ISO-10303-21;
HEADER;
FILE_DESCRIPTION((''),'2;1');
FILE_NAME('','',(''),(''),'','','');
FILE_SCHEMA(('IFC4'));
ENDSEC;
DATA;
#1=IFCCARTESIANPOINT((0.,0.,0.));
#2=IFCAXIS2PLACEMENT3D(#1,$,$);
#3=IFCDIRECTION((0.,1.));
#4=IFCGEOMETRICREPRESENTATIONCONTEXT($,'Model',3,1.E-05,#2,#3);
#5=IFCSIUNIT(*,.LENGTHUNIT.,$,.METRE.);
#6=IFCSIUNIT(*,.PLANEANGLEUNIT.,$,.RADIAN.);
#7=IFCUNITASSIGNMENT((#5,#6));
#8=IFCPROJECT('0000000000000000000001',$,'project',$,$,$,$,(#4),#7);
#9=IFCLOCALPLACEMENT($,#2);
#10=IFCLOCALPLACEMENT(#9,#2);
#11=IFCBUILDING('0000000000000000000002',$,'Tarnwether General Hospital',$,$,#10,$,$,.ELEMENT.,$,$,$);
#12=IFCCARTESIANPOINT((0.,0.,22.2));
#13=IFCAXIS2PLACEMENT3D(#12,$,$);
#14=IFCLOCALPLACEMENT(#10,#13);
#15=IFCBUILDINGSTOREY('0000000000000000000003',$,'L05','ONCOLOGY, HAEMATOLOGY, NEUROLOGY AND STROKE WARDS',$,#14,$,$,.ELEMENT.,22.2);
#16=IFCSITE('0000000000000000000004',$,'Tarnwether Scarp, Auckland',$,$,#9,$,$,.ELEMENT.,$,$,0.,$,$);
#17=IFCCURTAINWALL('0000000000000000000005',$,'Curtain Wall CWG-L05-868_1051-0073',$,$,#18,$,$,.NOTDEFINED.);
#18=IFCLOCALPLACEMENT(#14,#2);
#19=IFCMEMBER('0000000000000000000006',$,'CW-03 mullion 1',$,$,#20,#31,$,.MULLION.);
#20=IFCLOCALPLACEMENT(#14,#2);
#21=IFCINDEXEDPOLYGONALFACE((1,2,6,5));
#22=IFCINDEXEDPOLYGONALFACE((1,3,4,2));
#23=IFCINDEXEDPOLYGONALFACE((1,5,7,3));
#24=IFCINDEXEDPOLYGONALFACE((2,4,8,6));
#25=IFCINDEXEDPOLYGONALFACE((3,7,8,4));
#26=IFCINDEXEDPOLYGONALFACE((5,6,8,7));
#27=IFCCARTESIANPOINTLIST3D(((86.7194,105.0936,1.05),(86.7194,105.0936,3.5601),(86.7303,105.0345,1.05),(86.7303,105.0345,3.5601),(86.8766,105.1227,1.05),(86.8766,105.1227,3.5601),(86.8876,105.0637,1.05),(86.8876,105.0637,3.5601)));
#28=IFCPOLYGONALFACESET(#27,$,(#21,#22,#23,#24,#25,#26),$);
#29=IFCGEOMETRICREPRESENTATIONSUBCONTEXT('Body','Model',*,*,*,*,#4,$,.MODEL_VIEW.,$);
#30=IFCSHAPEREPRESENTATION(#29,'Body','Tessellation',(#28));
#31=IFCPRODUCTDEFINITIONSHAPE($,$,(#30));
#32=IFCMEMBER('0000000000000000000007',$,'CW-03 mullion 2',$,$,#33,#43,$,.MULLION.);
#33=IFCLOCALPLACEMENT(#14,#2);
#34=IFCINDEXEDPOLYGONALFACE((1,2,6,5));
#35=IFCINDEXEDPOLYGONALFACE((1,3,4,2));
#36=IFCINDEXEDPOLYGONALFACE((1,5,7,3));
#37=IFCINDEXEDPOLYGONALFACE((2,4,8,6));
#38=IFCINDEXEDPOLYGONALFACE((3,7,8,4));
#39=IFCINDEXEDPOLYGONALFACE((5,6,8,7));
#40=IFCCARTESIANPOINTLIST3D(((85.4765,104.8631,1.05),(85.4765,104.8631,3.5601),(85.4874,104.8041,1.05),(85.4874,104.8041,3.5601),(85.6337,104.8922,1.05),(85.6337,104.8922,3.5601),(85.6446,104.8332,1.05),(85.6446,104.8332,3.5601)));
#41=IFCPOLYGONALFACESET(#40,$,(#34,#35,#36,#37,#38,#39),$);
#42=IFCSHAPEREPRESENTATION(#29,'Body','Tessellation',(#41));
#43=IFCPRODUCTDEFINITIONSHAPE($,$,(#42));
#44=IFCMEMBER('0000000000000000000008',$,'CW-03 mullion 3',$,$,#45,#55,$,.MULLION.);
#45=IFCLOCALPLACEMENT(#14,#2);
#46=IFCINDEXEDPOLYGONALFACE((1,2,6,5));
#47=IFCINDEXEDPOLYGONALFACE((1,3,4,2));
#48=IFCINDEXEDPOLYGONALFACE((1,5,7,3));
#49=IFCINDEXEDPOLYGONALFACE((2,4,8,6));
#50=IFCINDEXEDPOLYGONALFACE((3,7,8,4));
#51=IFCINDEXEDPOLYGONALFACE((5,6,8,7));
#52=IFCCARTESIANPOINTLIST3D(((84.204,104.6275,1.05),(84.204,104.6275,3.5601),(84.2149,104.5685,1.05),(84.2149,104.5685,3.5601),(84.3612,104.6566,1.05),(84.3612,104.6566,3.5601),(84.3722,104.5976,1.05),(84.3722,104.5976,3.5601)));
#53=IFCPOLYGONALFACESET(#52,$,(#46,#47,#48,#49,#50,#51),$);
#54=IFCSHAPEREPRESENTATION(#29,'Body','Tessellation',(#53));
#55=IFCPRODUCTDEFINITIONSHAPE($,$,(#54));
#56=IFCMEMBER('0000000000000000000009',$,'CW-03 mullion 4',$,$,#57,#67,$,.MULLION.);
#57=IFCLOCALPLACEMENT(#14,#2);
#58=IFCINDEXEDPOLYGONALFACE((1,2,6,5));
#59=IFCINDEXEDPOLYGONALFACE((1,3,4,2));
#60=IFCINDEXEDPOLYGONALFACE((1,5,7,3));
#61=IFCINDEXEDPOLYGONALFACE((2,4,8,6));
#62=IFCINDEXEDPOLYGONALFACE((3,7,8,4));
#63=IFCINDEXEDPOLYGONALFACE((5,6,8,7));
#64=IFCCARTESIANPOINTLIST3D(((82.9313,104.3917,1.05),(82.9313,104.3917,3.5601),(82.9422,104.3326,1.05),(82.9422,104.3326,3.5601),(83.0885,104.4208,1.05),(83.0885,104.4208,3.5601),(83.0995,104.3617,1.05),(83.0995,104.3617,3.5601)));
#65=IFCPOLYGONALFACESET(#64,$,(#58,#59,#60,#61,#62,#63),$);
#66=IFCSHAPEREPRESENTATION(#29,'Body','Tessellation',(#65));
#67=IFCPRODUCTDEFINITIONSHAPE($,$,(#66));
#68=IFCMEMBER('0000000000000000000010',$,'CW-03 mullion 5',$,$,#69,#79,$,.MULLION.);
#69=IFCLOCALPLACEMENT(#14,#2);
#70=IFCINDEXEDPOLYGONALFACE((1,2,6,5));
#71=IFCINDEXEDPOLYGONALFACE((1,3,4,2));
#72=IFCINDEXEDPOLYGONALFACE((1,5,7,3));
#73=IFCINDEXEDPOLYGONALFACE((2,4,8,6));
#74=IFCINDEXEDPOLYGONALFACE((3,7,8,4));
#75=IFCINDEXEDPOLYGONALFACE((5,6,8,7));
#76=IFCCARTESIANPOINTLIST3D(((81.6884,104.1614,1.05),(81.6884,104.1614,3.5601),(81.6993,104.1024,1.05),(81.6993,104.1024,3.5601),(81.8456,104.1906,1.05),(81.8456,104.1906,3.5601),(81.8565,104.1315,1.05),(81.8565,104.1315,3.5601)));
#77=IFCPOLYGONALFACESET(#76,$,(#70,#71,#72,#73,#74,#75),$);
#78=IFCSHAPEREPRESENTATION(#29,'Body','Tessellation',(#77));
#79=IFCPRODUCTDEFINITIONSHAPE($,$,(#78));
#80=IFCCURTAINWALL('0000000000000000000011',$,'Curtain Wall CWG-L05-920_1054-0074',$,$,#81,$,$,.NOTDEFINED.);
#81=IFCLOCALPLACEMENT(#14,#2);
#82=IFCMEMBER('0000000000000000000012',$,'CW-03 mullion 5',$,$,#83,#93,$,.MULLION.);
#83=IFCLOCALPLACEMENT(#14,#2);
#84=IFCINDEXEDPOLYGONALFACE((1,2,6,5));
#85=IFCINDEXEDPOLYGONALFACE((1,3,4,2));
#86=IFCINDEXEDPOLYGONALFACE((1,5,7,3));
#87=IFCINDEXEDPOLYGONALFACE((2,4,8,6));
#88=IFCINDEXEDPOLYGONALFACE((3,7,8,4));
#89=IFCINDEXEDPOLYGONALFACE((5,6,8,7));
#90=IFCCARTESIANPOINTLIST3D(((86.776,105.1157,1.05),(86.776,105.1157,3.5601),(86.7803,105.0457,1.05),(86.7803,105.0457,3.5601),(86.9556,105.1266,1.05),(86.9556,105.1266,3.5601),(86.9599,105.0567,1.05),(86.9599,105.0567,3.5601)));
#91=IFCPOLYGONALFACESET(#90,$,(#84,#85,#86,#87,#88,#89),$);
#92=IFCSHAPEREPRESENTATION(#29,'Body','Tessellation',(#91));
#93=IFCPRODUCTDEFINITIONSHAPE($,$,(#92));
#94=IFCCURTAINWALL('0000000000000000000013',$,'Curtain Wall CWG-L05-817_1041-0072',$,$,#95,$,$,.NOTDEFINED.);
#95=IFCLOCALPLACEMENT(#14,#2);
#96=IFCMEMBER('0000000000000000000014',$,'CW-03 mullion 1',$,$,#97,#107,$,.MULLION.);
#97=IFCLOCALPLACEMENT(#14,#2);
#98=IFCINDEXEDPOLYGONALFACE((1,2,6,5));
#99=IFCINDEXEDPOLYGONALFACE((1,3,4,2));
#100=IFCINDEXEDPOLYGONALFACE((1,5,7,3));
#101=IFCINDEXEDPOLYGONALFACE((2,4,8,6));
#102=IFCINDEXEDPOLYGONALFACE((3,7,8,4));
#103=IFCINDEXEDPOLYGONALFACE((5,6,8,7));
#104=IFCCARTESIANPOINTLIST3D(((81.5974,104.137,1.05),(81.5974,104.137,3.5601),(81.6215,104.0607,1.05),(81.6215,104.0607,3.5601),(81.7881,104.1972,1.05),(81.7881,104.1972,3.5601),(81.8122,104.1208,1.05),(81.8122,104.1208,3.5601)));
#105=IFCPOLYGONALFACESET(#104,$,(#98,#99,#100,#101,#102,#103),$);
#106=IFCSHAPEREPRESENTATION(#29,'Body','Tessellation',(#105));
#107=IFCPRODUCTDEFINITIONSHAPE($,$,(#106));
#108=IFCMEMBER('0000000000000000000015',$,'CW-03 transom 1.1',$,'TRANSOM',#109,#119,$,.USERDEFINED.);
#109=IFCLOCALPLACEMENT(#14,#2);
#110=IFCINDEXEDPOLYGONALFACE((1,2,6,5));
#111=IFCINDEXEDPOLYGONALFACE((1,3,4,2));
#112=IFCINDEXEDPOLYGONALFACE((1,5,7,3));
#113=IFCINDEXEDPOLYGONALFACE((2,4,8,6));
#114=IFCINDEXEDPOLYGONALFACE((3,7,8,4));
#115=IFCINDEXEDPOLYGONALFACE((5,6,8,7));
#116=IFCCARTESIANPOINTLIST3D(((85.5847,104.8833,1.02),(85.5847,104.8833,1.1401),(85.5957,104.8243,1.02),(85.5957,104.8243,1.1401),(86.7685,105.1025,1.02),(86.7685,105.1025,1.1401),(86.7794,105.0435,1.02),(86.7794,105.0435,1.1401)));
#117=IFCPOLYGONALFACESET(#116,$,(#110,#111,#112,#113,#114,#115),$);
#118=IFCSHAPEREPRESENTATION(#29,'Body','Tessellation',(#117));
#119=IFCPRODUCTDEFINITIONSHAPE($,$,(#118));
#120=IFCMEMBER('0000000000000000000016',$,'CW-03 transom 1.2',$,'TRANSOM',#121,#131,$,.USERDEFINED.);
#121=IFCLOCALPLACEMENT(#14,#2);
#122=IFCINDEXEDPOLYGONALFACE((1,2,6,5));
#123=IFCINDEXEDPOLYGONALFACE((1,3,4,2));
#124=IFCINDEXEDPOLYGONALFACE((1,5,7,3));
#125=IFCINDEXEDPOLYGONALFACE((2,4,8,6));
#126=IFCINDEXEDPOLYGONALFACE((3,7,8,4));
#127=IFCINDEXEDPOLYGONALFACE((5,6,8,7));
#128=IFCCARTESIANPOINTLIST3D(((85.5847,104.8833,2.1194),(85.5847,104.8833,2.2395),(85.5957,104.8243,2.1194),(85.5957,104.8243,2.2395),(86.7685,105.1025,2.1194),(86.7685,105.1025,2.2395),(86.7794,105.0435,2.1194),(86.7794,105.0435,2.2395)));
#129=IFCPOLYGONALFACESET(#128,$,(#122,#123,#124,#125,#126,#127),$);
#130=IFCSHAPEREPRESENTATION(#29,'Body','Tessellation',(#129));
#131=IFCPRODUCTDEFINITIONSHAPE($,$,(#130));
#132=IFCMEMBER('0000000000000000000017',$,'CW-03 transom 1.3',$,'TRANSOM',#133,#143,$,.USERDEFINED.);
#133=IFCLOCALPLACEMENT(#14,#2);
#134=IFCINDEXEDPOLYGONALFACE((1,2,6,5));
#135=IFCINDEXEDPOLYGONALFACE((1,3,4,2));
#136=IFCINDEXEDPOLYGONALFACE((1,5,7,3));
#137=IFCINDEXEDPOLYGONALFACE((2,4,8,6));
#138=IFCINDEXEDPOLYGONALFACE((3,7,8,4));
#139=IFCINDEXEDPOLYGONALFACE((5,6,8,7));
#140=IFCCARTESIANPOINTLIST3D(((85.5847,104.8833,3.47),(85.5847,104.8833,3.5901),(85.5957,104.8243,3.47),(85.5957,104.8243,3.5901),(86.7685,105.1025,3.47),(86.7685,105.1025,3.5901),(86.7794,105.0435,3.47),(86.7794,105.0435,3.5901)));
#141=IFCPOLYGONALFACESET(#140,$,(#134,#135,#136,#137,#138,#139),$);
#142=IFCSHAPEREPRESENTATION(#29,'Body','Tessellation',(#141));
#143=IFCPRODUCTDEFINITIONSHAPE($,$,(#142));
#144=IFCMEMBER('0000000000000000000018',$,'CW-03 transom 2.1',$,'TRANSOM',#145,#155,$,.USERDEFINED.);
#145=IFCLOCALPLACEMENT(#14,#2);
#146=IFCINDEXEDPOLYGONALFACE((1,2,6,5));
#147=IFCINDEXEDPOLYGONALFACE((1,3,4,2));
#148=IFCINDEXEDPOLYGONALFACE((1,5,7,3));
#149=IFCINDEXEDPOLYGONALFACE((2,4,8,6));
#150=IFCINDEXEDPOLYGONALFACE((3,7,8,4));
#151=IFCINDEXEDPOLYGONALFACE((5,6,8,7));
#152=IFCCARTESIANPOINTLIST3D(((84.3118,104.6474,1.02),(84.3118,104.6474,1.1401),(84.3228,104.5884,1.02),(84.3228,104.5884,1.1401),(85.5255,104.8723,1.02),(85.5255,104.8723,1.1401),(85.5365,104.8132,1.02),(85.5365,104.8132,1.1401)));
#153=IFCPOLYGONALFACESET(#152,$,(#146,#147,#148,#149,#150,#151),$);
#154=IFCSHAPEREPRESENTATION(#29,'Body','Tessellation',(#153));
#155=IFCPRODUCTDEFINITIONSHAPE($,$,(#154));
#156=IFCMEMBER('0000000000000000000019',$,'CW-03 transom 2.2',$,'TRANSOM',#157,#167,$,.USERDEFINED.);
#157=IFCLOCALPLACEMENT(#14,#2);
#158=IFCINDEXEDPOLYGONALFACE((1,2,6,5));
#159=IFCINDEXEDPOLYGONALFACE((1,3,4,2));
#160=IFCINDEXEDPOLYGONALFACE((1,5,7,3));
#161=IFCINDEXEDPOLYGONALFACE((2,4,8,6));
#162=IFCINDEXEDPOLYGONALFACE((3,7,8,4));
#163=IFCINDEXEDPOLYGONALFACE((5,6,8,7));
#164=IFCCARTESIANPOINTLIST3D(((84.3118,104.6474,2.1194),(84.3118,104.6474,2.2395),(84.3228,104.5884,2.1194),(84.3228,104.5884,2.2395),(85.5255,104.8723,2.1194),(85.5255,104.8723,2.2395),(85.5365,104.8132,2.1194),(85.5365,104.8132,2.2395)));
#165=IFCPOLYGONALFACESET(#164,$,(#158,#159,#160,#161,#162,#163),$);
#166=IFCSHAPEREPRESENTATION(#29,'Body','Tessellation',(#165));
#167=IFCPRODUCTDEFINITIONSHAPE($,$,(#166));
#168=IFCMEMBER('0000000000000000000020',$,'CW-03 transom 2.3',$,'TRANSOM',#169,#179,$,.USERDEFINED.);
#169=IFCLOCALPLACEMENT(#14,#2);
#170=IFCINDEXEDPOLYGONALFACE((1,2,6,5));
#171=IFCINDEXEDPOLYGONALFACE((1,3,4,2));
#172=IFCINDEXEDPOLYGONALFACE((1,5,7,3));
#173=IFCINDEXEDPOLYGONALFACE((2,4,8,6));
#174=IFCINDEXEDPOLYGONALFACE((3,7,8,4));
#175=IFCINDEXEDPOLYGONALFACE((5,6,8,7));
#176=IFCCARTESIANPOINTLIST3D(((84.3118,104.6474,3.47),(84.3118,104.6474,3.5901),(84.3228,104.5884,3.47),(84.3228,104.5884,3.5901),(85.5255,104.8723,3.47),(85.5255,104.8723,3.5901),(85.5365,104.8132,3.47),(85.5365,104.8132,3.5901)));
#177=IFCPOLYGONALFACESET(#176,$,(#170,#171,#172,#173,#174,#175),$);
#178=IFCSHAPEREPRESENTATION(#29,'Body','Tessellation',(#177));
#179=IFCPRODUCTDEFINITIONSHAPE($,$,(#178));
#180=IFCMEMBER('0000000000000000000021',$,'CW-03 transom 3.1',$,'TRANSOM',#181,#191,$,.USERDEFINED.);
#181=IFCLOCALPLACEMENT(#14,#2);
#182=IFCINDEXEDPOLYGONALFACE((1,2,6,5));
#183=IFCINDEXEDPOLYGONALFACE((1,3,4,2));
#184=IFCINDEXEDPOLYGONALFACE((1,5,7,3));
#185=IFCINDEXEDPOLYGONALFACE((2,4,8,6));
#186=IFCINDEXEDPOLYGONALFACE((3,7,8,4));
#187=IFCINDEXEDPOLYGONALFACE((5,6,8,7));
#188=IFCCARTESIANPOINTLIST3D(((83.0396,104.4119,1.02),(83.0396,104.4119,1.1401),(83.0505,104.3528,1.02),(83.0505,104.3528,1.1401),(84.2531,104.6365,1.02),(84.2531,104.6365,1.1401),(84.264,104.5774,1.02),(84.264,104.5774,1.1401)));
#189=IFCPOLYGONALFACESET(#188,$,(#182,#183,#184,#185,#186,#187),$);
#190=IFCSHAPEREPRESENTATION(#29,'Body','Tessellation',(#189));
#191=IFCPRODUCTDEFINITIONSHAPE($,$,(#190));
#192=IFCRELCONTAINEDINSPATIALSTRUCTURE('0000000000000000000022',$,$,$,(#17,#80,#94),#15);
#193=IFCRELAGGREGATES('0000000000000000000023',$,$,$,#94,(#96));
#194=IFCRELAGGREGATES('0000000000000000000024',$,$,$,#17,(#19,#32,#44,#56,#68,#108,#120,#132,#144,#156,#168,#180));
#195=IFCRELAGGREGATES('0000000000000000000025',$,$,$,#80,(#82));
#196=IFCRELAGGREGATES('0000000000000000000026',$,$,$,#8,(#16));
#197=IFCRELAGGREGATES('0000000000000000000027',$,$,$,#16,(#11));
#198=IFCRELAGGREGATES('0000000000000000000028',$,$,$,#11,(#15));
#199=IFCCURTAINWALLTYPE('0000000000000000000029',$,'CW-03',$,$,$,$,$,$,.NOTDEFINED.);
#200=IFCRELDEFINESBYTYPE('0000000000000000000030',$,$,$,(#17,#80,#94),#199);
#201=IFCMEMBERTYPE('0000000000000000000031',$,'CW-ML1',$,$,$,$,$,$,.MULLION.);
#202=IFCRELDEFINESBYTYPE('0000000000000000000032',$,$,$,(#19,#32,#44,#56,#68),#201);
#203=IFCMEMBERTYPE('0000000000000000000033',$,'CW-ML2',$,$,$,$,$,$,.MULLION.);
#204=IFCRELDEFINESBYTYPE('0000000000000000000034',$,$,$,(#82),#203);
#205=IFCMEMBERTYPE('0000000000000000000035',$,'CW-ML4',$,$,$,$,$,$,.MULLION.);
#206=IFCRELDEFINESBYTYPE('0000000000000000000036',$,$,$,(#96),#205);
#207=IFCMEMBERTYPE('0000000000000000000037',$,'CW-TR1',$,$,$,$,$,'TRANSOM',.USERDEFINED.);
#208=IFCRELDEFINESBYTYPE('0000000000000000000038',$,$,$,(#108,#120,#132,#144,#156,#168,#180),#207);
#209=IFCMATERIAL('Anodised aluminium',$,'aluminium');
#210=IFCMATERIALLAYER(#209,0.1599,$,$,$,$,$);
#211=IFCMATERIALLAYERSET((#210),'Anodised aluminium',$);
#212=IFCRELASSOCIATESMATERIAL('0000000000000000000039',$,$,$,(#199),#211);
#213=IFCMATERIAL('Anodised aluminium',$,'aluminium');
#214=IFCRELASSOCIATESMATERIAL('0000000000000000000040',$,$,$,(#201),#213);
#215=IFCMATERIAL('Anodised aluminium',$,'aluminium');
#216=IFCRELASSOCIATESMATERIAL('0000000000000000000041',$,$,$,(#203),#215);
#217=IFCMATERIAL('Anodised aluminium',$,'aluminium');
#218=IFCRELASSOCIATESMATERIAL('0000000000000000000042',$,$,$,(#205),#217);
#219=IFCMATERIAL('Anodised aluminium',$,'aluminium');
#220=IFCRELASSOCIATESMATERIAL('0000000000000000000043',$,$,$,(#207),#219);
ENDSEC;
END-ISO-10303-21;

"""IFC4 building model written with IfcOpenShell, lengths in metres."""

from ifc_helpers import new_model, si_unit, direction, frame, origin, origin_2d, place, context, subcontext, project, spatial, rectangle, extrude, material, layer, layer_set, material_profile, profile_set, type_object, element, aggregate, save


model = new_model("IFC4")

# Units and contexts
model_context = context("Model", 3, precision=1e-05, world=origin(), true_north=direction((0.0, 1.0)))
body_context = subcontext(model_context, "Body", "Model", "MODEL_VIEW")
ifc_project = project(units=[si_unit("LENGTHUNIT", "METRE"), si_unit("PLANEANGLEUNIT", "RADIAN")], contexts=[model_context])

# Site, building, storey
site_placement = place(None, origin())
site = spatial("IfcSite", under=ifc_project, at=site_placement, Name="Tarnwether Scarp, Auckland", CompositionType="ELEMENT", RefElevation=0.0)
building_placement = place(site_placement, origin())
building = spatial("IfcBuilding", under=site, at=building_placement, Name="Tarnwether General Hospital", CompositionType="ELEMENT")
storey_placement = place(building_placement, frame((0.0, 0.0, 22.2)))
storey = spatial("IfcBuildingStorey", under=building, at=storey_placement, Name="L05", Description="ONCOLOGY, HAEMATOLOGY, NEUROLOGY AND STROKE WARDS", CompositionType="ELEMENT", Elevation=22.2)

# Curtain wall, members
ifc_material_1 = material(Name="Anodised aluminium", Category="aluminium")
ifc_layer_1 = layer(ifc_material_1, 0.1599)
ifc_layer_set_1 = layer_set([ifc_layer_1], Name="Anodised aluminium")
curtain_wall_type = type_object("IfcCurtainWallType", Name="CW-03", PredefinedType="NOTDEFINED", material=ifc_layer_set_1)
curtain_wall_1_placement = place(storey_placement, origin())
curtain_wall_1 = element("IfcCurtainWall", 1, at=curtain_wall_1_placement, inside=storey, type_object=curtain_wall_type, Name="Curtain Wall CWG-L05-868_1051-0073", PredefinedType="NOTDEFINED")
ifc_material_2 = material(Name="Anodised aluminium", Category="aluminium")
ifc_material_profile_1 = material_profile(ifc_material_2, rectangle(XDim=0.0601, YDim=0.1599, at=origin_2d()), Name="ALU-MUL-60x160")
ifc_profile_set_1 = profile_set([ifc_material_profile_1], Name="Anodised aluminium")
member_type_1 = type_object("IfcMemberType", Name="CW-ML1", PredefinedType="MULLION", material=ifc_profile_set_1)
member_1_placement = place(storey_placement, frame((86.8035, 105.0786, 1.05), z_axis=(0.0, 0.0, 1.0), x_axis=(0.182165, -0.983268, 0.0)))
member_1 = element("IfcMember", 2, at=member_1_placement, type_object=member_type_1, Name="CW-03 mullion 1", PredefinedType="MULLION", context=body_context, shape_type="SweptSolid", body=[
    extrude(rectangle(XDim=0.0601, YDim=0.1599, at=origin_2d()), origin(), (0.0, 0.0, 1.0), 2.51),
])
member_2_placement = place(storey_placement, frame((85.5605, 104.8481, 1.05), z_axis=(0.0, 0.0, 1.0), x_axis=(0.182165, -0.983268, 0.0)))
member_2 = element("IfcMember", 3, at=member_2_placement, type_object=member_type_1, Name="CW-03 mullion 2", PredefinedType="MULLION", context=body_context, shape_type="SweptSolid", body=[
    extrude(rectangle(XDim=0.0601, YDim=0.1599, at=origin_2d()), origin(), (0.0, 0.0, 1.0), 2.51),
])
member_3_placement = place(storey_placement, frame((84.2881, 104.6125, 1.05), z_axis=(0.0, 0.0, 1.0), x_axis=(0.182165, -0.983268, 0.0)))
member_3 = element("IfcMember", 4, at=member_3_placement, type_object=member_type_1, Name="CW-03 mullion 3", PredefinedType="MULLION", context=body_context, shape_type="SweptSolid", body=[
    extrude(rectangle(XDim=0.0601, YDim=0.1599, at=origin_2d()), origin(), (0.0, 0.0, 1.0), 2.51),
])
member_4_placement = place(storey_placement, frame((83.0154, 104.3767, 1.05), z_axis=(0.0, 0.0, 1.0), x_axis=(0.182165, -0.983268, 0.0)))
member_4 = element("IfcMember", 5, at=member_4_placement, type_object=member_type_1, Name="CW-03 mullion 4", PredefinedType="MULLION", context=body_context, shape_type="SweptSolid", body=[
    extrude(rectangle(XDim=0.0601, YDim=0.1599, at=origin_2d()), origin(), (0.0, 0.0, 1.0), 2.51),
])
member_5_placement = place(storey_placement, frame((81.7725, 104.1465, 1.05), z_axis=(0.0, 0.0, 1.0), x_axis=(0.182165, -0.983268, 0.0)))
member_5 = element("IfcMember", 6, at=member_5_placement, type_object=member_type_1, Name="CW-03 mullion 5", PredefinedType="MULLION", context=body_context, shape_type="SweptSolid", body=[
    extrude(rectangle(XDim=0.0601, YDim=0.1599, at=origin_2d()), origin(), (0.0, 0.0, 1.0), 2.51),
])

# Curtain walls, members
curtain_wall_2_placement = place(storey_placement, origin())
curtain_wall_2 = element("IfcCurtainWall", 7, at=curtain_wall_2_placement, inside=storey, type_object=curtain_wall_type, Name="Curtain Wall CWG-L05-920_1054-0074", PredefinedType="NOTDEFINED")
ifc_material_3 = material(Name="Anodised aluminium", Category="aluminium")
ifc_material_profile_2 = material_profile(ifc_material_3, rectangle(XDim=0.0701, YDim=0.1799, at=origin_2d()), Name="ALU-MUL-70x180")
ifc_profile_set_2 = profile_set([ifc_material_profile_2], Name="Anodised aluminium")
member_type_2 = type_object("IfcMemberType", Name="CW-ML2", PredefinedType="MULLION", material=ifc_profile_set_2)
member_6_placement = place(storey_placement, frame((86.8679, 105.0862, 1.05), z_axis=(0.0, 0.0, 1.0), x_axis=(0.061043, -0.998135, 0.0)))
member_6 = element("IfcMember", 8, at=member_6_placement, type_object=member_type_2, Name="CW-03 mullion 5", PredefinedType="MULLION", context=body_context, shape_type="SweptSolid", body=[
    extrude(rectangle(XDim=0.0701, YDim=0.1799, at=origin_2d()), origin(), (0.0, 0.0, 1.0), 2.51),
])
curtain_wall_3_placement = place(storey_placement, origin())
curtain_wall_3 = element("IfcCurtainWall", 9, at=curtain_wall_3_placement, inside=storey, type_object=curtain_wall_type, Name="Curtain Wall CWG-L05-817_1041-0072", PredefinedType="NOTDEFINED")
ifc_material_4 = material(Name="Anodised aluminium", Category="aluminium")
ifc_material_profile_3 = material_profile(ifc_material_4, rectangle(XDim=0.0801, YDim=0.2, at=origin_2d()), Name="ALU-MUL-80x200")
ifc_profile_set_3 = profile_set([ifc_material_profile_3], Name="Anodised aluminium")
member_type_3 = type_object("IfcMemberType", Name="CW-ML4", PredefinedType="MULLION", material=ifc_profile_set_3)
member_7_placement = place(storey_placement, frame((81.7048, 104.1289, 1.05), z_axis=(0.0, 0.0, 1.0), x_axis=(0.300715, -0.953714, 0.0)))
member_7 = element("IfcMember", 10, at=member_7_placement, type_object=member_type_3, Name="CW-03 mullion 1", PredefinedType="MULLION", context=body_context, shape_type="SweptSolid", body=[
    extrude(rectangle(XDim=0.0801, YDim=0.2, at=origin_2d()), origin(), (0.0, 0.0, 1.0), 2.51),
])
aggregate(curtain_wall_3, [member_7])

# Members
ifc_material_5 = material(Name="Anodised aluminium", Category="aluminium")
ifc_material_profile_4 = material_profile(ifc_material_5, rectangle(XDim=0.0601, YDim=0.1201, at=origin_2d()), Name="ALU-TRN-60x120")
ifc_profile_set_4 = profile_set([ifc_material_profile_4], Name="Anodised aluminium")
member_type_4 = type_object("IfcMemberType", Name="CW-TR1", ElementType="TRANSOM", PredefinedType="USERDEFINED", material=ifc_profile_set_4)
member_8_placement = place(storey_placement, frame((86.7739, 105.073, 1.0801), z_axis=(-0.983281, -0.182097, 0.0), x_axis=(0.182097, -0.983281, 0.0)))
member_8 = element("IfcMember", 11, at=member_8_placement, type_object=member_type_4, Name="CW-03 transom 1.1", ObjectType="TRANSOM", PredefinedType="USERDEFINED", context=body_context, shape_type="SweptSolid", body=[
    extrude(rectangle(XDim=0.0601, YDim=0.1201, at=origin_2d()), origin(), (0.0, 0.0, 1.0), 1.2039),
])
member_9_placement = place(storey_placement, frame((86.7739, 105.073, 2.1794), z_axis=(-0.983281, -0.182097, 0.0), x_axis=(0.182097, -0.983281, 0.0)))
member_9 = element("IfcMember", 12, at=member_9_placement, type_object=member_type_4, Name="CW-03 transom 1.2", ObjectType="TRANSOM", PredefinedType="USERDEFINED", context=body_context, shape_type="SweptSolid", body=[
    extrude(rectangle(XDim=0.0601, YDim=0.1201, at=origin_2d()), origin(), (0.0, 0.0, 1.0), 1.2039),
])
member_10_placement = place(storey_placement, frame((86.7739, 105.073, 3.53), z_axis=(-0.983281, -0.182097, 0.0), x_axis=(0.182097, -0.983281, 0.0)))
member_10 = element("IfcMember", 13, at=member_10_placement, type_object=member_type_4, Name="CW-03 transom 1.3", ObjectType="TRANSOM", PredefinedType="USERDEFINED", context=body_context, shape_type="SweptSolid", body=[
    extrude(rectangle(XDim=0.0601, YDim=0.1201, at=origin_2d()), origin(), (0.0, 0.0, 1.0), 1.2039),
])
member_11_placement = place(storey_placement, frame((85.531, 104.8428, 1.0801), z_axis=(-0.983266, -0.182174, 0.0), x_axis=(0.182174, -0.983266, 0.0)))
member_11 = element("IfcMember", 14, at=member_11_placement, type_object=member_type_4, Name="CW-03 transom 2.1", ObjectType="TRANSOM", PredefinedType="USERDEFINED", context=body_context, shape_type="SweptSolid", body=[
    extrude(rectangle(XDim=0.0601, YDim=0.1201, at=origin_2d()), origin(), (0.0, 0.0, 1.0), 1.2344),
])
member_12_placement = place(storey_placement, frame((85.531, 104.8428, 2.1794), z_axis=(-0.983266, -0.182174, 0.0), x_axis=(0.182174, -0.983266, 0.0)))
member_12 = element("IfcMember", 15, at=member_12_placement, type_object=member_type_4, Name="CW-03 transom 2.2", ObjectType="TRANSOM", PredefinedType="USERDEFINED", context=body_context, shape_type="SweptSolid", body=[
    extrude(rectangle(XDim=0.0601, YDim=0.1201, at=origin_2d()), origin(), (0.0, 0.0, 1.0), 1.2344),
])
member_13_placement = place(storey_placement, frame((85.531, 104.8428, 3.53), z_axis=(-0.983266, -0.182174, 0.0), x_axis=(0.182174, -0.983266, 0.0)))
member_13 = element("IfcMember", 16, at=member_13_placement, type_object=member_type_4, Name="CW-03 transom 2.3", ObjectType="TRANSOM", PredefinedType="USERDEFINED", context=body_context, shape_type="SweptSolid", body=[
    extrude(rectangle(XDim=0.0601, YDim=0.1201, at=origin_2d()), origin(), (0.0, 0.0, 1.0), 1.2344),
])
member_14_placement = place(storey_placement, frame((84.2585, 104.6069, 1.0801), z_axis=(-0.983302, -0.181983, 0.0), x_axis=(0.181983, -0.983302, 0.0)))
member_14 = element("IfcMember", 17, at=member_14_placement, type_object=member_type_4, Name="CW-03 transom 3.1", ObjectType="TRANSOM", PredefinedType="USERDEFINED", context=body_context, shape_type="SweptSolid", body=[
    extrude(rectangle(XDim=0.0601, YDim=0.1201, at=origin_2d()), origin(), (0.0, 0.0, 1.0), 1.2341),
])

aggregate(curtain_wall_1, [member_1, member_2, member_3, member_4, member_5, member_8, member_9, member_10, member_11, member_12, member_13, member_14])
aggregate(curtain_wall_2, [member_6])

save(model, "model.ifc")
